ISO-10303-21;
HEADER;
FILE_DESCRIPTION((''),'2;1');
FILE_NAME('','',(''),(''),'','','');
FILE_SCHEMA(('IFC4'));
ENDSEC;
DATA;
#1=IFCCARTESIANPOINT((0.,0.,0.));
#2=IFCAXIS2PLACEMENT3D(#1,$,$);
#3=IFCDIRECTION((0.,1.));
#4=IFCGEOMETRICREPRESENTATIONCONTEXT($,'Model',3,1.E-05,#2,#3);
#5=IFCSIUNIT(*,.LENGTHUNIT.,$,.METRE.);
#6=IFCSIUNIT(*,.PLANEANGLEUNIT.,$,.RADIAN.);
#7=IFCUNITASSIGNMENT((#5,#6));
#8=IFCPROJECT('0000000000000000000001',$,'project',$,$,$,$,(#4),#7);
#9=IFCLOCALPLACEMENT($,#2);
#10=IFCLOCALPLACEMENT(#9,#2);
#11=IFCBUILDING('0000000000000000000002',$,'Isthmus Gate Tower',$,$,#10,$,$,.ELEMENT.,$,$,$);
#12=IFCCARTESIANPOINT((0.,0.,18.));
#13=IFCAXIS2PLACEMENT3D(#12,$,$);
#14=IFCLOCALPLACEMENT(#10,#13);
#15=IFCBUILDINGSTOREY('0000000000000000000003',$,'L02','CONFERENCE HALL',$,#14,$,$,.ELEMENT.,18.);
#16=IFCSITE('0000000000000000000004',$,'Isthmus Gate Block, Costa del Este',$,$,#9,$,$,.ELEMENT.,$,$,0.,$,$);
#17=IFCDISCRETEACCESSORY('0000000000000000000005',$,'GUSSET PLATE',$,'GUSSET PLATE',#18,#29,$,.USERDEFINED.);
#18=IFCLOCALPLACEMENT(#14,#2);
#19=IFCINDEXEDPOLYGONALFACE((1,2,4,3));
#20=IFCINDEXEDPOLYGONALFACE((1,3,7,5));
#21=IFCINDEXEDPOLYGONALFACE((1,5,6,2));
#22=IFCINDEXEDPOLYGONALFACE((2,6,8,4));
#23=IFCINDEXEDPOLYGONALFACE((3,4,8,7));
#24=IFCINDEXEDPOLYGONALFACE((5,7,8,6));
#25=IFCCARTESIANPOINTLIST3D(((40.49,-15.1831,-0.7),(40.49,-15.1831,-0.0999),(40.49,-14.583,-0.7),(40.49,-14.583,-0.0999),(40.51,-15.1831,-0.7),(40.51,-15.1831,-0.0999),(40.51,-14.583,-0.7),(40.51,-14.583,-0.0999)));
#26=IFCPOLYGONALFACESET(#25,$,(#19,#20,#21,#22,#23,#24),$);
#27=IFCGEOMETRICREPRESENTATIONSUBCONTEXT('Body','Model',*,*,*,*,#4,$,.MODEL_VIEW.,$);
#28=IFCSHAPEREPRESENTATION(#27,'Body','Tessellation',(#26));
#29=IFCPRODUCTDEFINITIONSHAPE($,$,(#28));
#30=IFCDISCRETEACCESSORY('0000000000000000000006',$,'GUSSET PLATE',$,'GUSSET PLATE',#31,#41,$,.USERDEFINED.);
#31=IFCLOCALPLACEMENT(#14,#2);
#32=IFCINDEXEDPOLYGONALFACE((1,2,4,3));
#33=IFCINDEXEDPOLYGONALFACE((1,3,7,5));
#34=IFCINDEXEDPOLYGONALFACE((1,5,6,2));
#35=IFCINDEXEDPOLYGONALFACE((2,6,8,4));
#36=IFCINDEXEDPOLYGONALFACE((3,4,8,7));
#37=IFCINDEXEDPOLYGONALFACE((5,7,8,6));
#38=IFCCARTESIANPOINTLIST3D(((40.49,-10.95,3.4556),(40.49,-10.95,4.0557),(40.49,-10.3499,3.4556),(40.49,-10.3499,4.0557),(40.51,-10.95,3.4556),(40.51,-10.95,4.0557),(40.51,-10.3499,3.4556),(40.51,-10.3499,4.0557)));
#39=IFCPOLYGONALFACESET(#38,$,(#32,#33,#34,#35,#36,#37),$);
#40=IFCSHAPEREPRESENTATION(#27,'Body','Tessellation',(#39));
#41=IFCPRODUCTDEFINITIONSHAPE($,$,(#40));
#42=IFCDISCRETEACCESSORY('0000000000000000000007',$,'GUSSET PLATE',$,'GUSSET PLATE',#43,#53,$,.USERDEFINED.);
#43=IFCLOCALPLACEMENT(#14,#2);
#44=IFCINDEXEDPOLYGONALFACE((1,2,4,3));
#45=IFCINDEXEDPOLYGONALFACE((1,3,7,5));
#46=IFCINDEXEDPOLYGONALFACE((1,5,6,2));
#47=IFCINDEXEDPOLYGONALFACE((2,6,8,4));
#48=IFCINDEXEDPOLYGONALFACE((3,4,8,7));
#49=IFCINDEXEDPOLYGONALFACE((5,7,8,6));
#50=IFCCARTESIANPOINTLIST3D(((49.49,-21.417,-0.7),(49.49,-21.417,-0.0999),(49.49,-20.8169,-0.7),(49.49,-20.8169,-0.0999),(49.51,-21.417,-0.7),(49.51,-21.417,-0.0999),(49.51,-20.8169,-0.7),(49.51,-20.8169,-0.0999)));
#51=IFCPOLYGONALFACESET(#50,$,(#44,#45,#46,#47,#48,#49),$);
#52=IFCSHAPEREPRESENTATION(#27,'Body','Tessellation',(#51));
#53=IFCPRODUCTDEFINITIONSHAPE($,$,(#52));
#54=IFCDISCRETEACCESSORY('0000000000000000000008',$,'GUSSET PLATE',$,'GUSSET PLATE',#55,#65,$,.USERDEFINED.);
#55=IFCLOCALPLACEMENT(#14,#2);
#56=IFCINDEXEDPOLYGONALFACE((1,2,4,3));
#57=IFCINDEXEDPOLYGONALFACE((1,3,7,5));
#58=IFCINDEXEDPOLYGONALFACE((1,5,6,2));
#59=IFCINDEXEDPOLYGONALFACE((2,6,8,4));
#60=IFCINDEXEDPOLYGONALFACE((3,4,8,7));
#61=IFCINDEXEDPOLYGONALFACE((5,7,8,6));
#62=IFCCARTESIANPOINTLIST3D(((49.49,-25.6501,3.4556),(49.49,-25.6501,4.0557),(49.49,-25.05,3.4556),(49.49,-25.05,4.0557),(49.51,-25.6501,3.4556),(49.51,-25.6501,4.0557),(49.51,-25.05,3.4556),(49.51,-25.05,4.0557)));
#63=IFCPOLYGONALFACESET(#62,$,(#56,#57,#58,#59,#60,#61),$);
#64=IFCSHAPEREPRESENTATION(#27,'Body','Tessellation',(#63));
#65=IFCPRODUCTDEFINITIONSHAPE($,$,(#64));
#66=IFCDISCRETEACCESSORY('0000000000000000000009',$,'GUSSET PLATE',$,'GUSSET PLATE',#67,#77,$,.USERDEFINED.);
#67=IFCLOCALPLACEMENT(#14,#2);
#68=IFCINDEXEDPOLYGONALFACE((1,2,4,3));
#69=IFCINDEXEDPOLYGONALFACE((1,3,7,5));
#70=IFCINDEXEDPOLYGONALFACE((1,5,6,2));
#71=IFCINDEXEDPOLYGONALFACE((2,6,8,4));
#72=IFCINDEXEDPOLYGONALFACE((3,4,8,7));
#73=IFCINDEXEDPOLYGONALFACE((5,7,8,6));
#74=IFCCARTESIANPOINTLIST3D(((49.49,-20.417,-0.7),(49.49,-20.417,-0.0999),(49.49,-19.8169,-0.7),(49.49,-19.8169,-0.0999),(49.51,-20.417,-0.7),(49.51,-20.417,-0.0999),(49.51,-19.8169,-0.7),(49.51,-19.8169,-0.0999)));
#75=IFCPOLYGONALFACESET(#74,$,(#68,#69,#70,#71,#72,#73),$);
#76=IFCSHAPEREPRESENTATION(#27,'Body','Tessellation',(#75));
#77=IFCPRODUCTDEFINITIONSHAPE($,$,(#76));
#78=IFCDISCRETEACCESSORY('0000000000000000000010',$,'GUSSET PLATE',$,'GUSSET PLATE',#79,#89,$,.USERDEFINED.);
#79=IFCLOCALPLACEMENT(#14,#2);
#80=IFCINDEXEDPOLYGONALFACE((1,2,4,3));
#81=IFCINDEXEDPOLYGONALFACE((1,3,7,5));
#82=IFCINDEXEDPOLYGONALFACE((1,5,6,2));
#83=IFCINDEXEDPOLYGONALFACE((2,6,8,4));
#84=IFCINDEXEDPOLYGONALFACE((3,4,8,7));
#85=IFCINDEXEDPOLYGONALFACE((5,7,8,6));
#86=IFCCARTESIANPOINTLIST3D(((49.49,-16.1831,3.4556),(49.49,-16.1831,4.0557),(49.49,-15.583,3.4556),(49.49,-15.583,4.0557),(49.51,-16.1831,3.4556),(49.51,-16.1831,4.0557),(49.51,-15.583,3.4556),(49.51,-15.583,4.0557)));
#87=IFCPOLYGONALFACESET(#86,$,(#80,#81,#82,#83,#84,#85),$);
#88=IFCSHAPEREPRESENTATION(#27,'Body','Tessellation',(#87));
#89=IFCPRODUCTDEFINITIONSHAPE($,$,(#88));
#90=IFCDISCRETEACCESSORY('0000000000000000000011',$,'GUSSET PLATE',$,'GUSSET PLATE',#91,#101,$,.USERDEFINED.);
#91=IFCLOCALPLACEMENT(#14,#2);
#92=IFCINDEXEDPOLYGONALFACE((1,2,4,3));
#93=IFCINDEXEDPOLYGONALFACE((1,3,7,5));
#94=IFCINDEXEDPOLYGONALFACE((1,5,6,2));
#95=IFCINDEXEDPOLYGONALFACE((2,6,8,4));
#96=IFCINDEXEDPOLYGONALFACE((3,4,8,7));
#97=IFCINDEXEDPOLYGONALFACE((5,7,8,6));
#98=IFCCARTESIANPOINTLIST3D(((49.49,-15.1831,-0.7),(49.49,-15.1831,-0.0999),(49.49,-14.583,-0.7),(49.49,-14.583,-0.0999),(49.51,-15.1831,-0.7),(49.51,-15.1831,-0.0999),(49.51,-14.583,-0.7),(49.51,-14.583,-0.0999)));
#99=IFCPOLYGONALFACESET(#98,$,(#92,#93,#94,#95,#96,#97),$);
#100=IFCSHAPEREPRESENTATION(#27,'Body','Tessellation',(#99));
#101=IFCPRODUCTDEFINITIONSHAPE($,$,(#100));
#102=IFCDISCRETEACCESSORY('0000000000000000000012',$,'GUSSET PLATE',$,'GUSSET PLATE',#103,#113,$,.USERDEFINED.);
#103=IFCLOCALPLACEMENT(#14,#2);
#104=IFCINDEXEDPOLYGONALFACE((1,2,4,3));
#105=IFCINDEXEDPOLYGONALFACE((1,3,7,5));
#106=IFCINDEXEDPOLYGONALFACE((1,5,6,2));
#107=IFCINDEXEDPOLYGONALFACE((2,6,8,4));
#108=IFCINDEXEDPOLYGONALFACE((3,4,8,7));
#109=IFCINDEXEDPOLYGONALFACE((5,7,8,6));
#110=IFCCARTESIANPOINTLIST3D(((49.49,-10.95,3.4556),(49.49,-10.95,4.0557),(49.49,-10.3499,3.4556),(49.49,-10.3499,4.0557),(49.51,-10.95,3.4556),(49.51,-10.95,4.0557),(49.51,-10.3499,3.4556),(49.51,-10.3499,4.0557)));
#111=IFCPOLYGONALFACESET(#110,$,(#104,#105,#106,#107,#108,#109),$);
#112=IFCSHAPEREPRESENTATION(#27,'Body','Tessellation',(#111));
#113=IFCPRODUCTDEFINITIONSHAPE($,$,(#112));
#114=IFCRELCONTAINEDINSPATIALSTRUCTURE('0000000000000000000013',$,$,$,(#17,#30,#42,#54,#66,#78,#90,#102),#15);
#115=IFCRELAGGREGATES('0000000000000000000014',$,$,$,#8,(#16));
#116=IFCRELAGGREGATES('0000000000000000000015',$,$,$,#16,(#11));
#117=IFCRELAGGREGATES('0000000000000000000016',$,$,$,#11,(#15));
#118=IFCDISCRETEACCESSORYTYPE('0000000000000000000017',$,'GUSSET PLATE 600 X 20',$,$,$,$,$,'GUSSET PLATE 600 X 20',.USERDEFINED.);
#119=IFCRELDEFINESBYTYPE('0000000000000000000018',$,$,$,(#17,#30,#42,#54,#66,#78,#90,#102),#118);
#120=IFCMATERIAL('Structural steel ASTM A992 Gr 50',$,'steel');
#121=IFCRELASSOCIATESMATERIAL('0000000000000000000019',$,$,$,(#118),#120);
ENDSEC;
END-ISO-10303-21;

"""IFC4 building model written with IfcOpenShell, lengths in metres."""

from ifc_helpers import new_model, si_unit, direction, frame, origin, origin_2d, place, context, subcontext, project, spatial, rectangle, extrude, material, type_object, element, save


model = new_model("IFC4")

# Units and contexts
model_context = context("Model", 3, precision=1e-05, world=origin(), true_north=direction((0.0, 1.0)))
body_context = subcontext(model_context, "Body", "Model", "MODEL_VIEW")
ifc_project = project(units=[si_unit("LENGTHUNIT", "METRE"), si_unit("PLANEANGLEUNIT", "RADIAN")], contexts=[model_context])

# Site, building, storey
site_placement = place(None, origin())
site = spatial("IfcSite", under=ifc_project, at=site_placement, Name="Isthmus Gate Block, Costa del Este", CompositionType="ELEMENT", RefElevation=0.0)
building_placement = place(site_placement, origin())
building = spatial("IfcBuilding", under=site, at=building_placement, Name="Isthmus Gate Tower", CompositionType="ELEMENT")
storey_placement = place(building_placement, frame((0.0, 0.0, 18.0)))
storey = spatial("IfcBuildingStorey", under=building, at=storey_placement, Name="L02", Description="CONFERENCE HALL", CompositionType="ELEMENT", Elevation=18.0)

# Discrete accessories
ifc_material_1 = material(Name="Structural steel ASTM A992 Gr 50", Category="steel")
discrete_accessory_type = type_object("IfcDiscreteAccessoryType", Name="GUSSET PLATE 600 X 20", ElementType="GUSSET PLATE 600 X 20", PredefinedType="USERDEFINED", material=ifc_material_1)
for number, where, z_axis, x_axis, name in (
    (1, (40.5, -14.8831, -0.7), (0.0, 0.0, 1.0), (0.0, 1.0, 0.0), "GUSSET PLATE"),
    (2, (40.5, -10.6499, 3.4556), (0.0, 0.0, 1.0), (0.0, 1.0, 0.0), "GUSSET PLATE"),
    (3, (49.5, -21.1169, -0.7), (0.0, 0.0, 1.0), (0.0, -1.0, 0.0), "GUSSET PLATE"),
    (4, (49.5, -25.3501, 3.4556), (0.0, 0.0, 1.0), (0.0, -1.0, 0.0), "GUSSET PLATE"),
    (5, (49.5, -20.1169, -0.7), (0.0, 0.0, 1.0), (0.0, 1.0, 0.0), "GUSSET PLATE"),
    (6, (49.5, -15.8831, 3.4556), (0.0, 0.0, 1.0), (0.0, 1.0, 0.0), "GUSSET PLATE"),
    (7, (49.5, -14.8831, -0.7), (0.0, 0.0, 1.0), (0.0, 1.0, 0.0), "GUSSET PLATE"),
    (8, (49.5, -10.6499, 3.4556), (0.0, 0.0, 1.0), (0.0, 1.0, 0.0), "GUSSET PLATE"),
):
    element("IfcDiscreteAccessory", number, at=place(storey_placement, frame(where, z_axis=z_axis, x_axis=x_axis)), inside=storey, type_object=discrete_accessory_type, Name=name, ObjectType="GUSSET PLATE", PredefinedType="USERDEFINED", context=body_context, shape_type="SweptSolid", body=[
        extrude(rectangle(XDim=0.6001, YDim=0.02, at=origin_2d()), origin(), (0.0, 0.0, 1.0), 0.6001),
    ])

save(model, "model.ifc")
